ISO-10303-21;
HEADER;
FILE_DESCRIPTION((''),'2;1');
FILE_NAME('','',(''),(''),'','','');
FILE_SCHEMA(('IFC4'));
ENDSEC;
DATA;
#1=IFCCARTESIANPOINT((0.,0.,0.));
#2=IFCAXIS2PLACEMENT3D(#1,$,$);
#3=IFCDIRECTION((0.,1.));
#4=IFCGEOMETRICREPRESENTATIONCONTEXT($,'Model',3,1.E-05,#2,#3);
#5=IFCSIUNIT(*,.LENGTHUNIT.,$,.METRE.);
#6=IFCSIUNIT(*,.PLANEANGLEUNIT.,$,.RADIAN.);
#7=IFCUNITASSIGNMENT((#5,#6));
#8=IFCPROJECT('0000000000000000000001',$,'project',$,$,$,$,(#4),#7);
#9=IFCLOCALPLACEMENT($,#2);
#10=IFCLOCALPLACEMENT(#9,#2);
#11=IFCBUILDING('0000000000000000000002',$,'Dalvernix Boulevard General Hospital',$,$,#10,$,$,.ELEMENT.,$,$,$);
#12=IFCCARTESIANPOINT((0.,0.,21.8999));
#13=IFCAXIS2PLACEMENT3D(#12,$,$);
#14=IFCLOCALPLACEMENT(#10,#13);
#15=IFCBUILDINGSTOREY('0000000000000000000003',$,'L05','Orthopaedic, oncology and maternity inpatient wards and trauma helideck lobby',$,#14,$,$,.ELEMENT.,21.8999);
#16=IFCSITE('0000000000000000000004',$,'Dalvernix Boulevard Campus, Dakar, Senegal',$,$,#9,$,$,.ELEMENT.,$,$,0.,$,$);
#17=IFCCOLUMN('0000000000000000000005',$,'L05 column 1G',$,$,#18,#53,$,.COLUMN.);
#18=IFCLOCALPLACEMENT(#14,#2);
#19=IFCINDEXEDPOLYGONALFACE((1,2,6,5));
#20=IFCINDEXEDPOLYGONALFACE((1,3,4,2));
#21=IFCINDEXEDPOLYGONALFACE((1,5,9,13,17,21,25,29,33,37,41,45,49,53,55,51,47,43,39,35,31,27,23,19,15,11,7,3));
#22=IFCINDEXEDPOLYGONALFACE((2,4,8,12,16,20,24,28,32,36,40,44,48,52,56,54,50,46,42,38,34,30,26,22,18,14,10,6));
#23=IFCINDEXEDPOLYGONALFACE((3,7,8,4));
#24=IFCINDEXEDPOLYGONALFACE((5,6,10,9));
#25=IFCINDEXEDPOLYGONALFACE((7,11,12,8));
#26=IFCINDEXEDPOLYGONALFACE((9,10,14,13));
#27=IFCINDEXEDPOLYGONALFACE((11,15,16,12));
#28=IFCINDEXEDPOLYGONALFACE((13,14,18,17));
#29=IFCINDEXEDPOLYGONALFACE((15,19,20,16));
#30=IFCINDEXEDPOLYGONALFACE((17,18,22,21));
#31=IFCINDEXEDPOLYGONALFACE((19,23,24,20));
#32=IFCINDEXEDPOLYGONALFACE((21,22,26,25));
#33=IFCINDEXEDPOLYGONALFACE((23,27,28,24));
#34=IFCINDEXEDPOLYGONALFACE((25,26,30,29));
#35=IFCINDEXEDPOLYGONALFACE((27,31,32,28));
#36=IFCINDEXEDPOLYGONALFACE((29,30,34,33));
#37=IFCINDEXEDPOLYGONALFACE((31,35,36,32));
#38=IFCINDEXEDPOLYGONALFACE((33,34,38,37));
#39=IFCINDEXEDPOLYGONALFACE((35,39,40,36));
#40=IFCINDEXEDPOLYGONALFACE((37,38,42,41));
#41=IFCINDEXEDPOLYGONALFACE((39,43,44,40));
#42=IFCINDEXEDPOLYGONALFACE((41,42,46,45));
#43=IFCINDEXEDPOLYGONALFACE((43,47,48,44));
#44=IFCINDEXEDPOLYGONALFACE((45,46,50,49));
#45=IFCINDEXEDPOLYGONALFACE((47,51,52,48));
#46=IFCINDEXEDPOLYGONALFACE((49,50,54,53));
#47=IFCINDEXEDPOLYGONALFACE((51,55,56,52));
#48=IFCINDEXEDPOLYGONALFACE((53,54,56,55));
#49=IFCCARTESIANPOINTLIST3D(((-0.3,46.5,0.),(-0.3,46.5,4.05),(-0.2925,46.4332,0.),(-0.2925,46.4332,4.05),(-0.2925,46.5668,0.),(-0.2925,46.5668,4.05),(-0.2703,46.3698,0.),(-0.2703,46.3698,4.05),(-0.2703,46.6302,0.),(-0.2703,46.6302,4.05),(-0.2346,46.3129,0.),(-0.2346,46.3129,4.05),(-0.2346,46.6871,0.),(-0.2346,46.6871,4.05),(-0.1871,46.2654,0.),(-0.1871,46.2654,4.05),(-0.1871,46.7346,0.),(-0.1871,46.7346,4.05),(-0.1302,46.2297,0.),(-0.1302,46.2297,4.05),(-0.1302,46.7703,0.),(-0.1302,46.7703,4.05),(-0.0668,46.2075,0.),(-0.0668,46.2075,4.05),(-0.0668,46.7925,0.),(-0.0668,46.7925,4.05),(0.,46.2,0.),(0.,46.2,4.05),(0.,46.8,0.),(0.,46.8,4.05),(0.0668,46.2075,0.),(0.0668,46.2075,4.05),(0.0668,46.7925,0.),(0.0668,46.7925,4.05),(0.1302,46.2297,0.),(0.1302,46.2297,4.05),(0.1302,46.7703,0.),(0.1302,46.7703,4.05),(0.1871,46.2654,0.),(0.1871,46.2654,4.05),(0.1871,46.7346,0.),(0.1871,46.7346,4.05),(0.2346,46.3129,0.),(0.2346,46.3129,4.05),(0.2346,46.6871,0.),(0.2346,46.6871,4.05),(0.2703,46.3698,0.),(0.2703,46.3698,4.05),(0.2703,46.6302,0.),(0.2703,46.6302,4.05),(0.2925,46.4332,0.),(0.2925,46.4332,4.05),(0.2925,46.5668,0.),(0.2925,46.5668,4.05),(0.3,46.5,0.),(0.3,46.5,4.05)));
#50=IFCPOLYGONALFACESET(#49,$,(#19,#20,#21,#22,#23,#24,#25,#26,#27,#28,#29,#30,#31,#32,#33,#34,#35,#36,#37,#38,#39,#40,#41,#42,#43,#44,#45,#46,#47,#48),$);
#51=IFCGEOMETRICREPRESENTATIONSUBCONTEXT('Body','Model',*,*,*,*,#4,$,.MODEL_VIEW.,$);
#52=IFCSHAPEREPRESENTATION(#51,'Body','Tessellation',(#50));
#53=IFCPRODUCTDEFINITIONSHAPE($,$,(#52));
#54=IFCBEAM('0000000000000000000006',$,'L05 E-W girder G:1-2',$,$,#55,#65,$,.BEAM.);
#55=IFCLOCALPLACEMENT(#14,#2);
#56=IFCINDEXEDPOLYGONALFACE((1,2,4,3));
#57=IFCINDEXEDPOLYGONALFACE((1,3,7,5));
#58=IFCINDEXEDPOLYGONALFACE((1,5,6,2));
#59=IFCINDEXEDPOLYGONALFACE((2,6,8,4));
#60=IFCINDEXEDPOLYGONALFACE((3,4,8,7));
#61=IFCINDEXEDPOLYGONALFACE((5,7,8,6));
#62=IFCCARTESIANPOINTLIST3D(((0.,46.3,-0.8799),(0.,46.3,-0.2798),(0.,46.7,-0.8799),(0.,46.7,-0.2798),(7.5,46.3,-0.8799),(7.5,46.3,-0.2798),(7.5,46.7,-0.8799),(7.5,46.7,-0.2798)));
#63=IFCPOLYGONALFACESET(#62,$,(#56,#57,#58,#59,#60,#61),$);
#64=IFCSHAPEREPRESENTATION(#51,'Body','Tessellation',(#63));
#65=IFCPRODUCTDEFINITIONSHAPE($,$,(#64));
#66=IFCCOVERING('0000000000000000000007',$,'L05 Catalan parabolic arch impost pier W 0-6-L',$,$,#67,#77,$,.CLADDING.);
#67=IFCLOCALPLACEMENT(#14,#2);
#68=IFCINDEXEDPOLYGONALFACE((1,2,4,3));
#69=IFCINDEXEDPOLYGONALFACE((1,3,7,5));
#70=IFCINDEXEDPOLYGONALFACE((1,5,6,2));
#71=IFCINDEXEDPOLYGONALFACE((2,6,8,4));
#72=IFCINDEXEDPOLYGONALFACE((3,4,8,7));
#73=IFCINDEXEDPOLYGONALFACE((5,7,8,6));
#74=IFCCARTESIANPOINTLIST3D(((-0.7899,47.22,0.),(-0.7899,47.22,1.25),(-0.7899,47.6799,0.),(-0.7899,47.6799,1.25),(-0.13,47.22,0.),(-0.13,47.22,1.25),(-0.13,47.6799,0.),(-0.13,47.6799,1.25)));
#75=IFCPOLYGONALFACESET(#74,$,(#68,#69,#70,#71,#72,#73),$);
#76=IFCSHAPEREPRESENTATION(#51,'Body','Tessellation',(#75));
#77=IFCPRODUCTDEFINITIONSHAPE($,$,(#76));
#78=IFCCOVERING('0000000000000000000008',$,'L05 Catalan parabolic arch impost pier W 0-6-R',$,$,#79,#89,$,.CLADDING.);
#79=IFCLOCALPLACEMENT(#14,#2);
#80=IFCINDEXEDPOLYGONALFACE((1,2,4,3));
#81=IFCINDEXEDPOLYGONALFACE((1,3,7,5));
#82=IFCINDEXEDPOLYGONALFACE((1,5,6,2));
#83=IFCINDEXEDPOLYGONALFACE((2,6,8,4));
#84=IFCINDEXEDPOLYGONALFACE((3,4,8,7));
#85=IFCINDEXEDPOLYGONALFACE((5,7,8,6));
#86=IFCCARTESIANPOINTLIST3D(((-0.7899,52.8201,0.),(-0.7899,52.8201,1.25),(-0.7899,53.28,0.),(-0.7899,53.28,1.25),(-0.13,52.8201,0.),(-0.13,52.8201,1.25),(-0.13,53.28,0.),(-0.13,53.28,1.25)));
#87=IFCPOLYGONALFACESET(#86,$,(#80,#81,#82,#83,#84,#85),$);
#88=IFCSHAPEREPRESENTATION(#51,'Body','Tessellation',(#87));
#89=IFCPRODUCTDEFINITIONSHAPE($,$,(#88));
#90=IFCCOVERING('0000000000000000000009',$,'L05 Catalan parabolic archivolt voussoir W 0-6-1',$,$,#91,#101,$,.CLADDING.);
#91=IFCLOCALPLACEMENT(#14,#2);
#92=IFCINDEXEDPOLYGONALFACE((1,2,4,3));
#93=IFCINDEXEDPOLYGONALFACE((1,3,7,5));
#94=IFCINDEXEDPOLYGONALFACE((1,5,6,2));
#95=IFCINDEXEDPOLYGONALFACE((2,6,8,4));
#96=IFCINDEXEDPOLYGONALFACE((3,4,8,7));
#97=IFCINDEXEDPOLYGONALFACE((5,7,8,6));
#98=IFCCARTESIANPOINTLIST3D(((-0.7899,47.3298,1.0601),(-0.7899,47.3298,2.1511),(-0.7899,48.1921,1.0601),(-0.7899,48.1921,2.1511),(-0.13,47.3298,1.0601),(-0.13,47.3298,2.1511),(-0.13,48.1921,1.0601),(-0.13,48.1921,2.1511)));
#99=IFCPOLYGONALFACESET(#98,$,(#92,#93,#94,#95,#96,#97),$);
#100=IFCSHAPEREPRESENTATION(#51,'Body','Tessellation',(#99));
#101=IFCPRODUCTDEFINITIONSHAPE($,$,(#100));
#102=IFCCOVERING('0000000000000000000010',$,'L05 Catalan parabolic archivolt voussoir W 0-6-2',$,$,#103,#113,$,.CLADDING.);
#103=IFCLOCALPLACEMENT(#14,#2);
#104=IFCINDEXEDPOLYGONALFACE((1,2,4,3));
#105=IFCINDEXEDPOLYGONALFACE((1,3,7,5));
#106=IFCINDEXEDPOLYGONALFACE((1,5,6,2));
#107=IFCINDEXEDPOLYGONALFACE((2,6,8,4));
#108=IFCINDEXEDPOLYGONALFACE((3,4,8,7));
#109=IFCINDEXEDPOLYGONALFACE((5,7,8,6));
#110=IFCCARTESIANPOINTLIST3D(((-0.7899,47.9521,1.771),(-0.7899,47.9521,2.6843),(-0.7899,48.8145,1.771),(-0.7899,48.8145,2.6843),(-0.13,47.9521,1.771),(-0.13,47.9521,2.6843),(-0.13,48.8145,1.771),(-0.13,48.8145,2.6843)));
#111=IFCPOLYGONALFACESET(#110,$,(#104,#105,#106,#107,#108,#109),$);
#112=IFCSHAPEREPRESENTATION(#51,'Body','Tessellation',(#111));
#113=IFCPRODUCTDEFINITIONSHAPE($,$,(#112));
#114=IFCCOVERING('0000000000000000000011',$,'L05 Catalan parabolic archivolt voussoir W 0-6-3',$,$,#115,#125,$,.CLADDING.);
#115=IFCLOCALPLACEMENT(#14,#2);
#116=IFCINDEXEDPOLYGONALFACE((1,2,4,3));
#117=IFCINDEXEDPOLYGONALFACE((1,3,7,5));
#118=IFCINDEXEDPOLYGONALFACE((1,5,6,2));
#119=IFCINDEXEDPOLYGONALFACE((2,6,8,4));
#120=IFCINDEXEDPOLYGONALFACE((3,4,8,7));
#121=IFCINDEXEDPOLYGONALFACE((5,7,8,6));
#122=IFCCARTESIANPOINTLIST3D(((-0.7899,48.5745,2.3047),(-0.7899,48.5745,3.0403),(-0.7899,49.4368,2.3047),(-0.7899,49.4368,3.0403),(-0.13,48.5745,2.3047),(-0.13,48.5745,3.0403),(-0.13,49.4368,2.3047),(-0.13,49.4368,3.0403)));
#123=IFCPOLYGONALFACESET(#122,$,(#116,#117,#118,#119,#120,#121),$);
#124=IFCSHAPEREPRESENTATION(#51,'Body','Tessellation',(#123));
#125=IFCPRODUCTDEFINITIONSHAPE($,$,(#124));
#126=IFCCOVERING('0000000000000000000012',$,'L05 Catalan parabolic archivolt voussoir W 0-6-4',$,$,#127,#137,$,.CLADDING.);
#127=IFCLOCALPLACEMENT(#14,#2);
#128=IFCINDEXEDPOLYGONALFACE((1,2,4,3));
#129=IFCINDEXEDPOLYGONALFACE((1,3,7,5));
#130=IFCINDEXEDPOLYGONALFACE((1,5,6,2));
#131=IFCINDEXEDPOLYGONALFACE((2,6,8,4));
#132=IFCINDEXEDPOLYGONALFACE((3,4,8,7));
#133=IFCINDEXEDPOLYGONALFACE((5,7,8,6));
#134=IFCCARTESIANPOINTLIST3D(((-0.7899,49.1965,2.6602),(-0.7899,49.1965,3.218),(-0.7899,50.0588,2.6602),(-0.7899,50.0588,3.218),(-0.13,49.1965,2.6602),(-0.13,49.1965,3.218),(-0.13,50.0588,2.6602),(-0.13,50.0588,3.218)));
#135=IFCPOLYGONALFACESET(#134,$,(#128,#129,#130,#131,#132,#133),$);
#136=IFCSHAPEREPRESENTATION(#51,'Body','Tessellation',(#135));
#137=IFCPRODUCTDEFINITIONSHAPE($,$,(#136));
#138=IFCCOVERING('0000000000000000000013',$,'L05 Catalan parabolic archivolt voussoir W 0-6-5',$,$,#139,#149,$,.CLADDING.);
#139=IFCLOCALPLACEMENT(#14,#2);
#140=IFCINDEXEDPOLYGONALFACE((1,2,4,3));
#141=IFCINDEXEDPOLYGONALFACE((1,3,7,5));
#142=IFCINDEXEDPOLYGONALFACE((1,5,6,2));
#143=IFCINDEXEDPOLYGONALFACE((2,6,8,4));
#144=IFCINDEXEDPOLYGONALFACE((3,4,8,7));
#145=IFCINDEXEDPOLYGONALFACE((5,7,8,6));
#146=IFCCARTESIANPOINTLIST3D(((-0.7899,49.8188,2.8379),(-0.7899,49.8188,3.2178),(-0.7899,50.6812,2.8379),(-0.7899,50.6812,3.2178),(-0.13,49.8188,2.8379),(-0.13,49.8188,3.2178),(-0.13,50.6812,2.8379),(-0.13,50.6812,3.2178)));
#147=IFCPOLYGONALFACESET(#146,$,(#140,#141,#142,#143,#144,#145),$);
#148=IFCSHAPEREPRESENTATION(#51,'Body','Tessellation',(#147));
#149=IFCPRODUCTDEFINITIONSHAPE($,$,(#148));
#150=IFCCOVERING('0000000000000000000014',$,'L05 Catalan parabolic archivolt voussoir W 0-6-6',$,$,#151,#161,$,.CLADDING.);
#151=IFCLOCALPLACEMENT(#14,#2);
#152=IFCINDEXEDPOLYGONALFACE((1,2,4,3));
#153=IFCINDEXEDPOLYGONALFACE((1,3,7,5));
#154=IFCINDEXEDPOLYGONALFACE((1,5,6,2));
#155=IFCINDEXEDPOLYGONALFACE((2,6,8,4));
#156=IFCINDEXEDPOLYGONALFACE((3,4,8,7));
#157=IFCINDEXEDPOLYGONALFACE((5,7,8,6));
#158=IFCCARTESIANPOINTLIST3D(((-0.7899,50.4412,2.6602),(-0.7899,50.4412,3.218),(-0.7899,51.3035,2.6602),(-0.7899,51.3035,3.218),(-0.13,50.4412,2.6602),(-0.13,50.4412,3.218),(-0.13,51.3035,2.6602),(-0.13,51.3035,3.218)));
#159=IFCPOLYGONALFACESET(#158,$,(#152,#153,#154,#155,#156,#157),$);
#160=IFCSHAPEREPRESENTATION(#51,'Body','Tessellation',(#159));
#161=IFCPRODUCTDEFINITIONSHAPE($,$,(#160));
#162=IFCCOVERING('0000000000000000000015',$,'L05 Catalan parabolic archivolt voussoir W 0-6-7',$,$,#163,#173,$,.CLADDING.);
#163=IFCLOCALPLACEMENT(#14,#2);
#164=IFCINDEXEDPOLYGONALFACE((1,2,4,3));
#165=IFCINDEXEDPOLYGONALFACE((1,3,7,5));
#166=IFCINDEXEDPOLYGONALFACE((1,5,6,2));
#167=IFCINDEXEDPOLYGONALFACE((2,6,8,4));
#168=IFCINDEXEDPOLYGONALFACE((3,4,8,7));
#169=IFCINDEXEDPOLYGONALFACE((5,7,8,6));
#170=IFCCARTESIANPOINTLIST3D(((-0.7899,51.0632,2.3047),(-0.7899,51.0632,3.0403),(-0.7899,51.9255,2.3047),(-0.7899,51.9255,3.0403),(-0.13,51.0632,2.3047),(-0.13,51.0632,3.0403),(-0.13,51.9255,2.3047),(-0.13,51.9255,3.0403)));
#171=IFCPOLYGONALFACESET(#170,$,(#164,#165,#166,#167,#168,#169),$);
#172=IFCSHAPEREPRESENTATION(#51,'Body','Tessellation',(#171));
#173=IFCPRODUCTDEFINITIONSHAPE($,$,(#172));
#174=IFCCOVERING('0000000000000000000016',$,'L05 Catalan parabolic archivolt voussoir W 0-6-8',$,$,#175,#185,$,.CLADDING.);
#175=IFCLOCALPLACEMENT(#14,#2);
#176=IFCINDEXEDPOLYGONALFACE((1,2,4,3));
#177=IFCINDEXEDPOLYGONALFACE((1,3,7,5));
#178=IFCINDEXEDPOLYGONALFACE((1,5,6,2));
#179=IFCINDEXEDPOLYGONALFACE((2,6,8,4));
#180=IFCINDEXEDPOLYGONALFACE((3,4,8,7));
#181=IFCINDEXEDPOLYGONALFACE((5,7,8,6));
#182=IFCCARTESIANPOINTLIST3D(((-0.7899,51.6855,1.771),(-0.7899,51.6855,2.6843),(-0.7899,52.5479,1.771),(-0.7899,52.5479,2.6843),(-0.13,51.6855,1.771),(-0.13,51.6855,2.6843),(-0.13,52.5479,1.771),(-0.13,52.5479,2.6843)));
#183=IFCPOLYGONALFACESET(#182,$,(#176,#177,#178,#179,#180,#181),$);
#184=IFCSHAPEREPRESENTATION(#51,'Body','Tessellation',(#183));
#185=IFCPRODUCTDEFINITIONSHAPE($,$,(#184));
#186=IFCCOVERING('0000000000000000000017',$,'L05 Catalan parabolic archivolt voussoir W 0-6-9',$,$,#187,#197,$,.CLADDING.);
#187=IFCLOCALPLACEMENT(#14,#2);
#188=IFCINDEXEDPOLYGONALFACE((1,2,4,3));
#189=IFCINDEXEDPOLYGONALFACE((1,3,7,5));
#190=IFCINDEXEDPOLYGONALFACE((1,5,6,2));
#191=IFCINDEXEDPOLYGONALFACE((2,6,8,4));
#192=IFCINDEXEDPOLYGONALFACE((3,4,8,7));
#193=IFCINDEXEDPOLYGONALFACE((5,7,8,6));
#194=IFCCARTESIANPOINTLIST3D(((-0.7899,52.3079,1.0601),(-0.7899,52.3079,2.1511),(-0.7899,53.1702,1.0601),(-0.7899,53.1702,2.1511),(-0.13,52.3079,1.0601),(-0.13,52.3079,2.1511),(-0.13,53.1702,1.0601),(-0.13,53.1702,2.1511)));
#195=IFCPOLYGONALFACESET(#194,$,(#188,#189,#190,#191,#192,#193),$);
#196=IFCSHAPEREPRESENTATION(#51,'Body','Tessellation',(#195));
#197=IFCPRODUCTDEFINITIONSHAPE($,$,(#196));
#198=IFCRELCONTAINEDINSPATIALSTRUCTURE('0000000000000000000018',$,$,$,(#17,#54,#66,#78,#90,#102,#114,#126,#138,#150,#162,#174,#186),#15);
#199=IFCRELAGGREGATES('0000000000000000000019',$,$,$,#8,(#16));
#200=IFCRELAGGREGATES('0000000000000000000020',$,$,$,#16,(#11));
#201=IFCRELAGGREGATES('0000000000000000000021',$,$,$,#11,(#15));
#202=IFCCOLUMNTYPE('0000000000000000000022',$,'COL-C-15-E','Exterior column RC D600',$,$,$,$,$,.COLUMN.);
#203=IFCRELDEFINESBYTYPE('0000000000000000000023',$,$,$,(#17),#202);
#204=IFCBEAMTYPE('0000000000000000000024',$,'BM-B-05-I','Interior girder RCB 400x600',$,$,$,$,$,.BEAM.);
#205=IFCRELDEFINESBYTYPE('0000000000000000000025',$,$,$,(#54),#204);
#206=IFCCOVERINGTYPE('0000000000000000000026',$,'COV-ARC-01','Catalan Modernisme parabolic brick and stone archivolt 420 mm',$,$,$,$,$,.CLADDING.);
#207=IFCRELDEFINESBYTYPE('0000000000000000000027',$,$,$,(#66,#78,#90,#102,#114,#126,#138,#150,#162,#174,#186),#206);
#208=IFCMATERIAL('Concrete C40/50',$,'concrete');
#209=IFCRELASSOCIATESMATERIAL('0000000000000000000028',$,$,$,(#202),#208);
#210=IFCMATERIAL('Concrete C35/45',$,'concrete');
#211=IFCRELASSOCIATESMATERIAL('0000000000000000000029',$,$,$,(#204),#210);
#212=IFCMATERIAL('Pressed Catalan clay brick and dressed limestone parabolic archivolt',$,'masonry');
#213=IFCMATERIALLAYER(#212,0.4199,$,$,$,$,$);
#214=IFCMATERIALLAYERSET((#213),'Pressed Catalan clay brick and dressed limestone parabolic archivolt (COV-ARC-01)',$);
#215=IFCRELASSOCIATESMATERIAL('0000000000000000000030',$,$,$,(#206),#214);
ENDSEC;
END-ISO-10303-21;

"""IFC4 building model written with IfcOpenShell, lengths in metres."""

from ifc_helpers import new_model, si_unit, direction, frame, origin, origin_2d, place, context, subcontext, project, spatial, rectangle, circle, extrude, material, layer, layer_set, material_profile, profile_set, type_object, element, save


model = new_model("IFC4")

# Units and contexts
model_context = context("Model", 3, precision=1e-05, world=origin(), true_north=direction((0.0, 1.0)))
body_context = subcontext(model_context, "Body", "Model", "MODEL_VIEW")
ifc_project = project(units=[si_unit("LENGTHUNIT", "METRE"), si_unit("PLANEANGLEUNIT", "RADIAN")], contexts=[model_context])

# Site, building, storey
site_placement = place(None, origin())
site = spatial("IfcSite", under=ifc_project, at=site_placement, Name="Dalvernix Boulevard Campus, Dakar, Senegal", CompositionType="ELEMENT", RefElevation=0.0)
building_placement = place(site_placement, origin())
building = spatial("IfcBuilding", under=site, at=building_placement, Name="Dalvernix Boulevard General Hospital", CompositionType="ELEMENT")
storey_placement = place(building_placement, frame((0.0, 0.0, 21.8999)))
storey = spatial("IfcBuildingStorey", under=building, at=storey_placement, Name="L05", Description="Orthopaedic, oncology and maternity inpatient wards and trauma helideck lobby", CompositionType="ELEMENT", Elevation=21.8999)

# Column
ifc_material_1 = material(Name="Concrete C40/50", Category="concrete")
ifc_material_profile_1 = material_profile(ifc_material_1, circle(Radius=0.3, at=origin_2d()), Name="RC D600")
ifc_profile_set_1 = profile_set([ifc_material_profile_1], Name="Concrete C40/50")
column_type = type_object("IfcColumnType", Name="COL-C-15-E", Description="Exterior column RC D600", PredefinedType="COLUMN", material=ifc_profile_set_1)
column_placement = place(storey_placement, frame((0.0, 46.5, 0.0), z_axis=(0.0, 0.0, 1.0), x_axis=(1.0, 0.0, 0.0)))
element("IfcColumn", 1, at=column_placement, inside=storey, type_object=column_type, Name="L05 column 1G", PredefinedType="COLUMN", context=body_context, shape_type="SweptSolid", body=[
    extrude(circle(Radius=0.3, at=origin_2d()), origin(), (0.0, 0.0, 1.0), 4.05),
])

# Beam
ifc_material_2 = material(Name="Concrete C35/45", Category="concrete")
ifc_material_profile_2 = material_profile(ifc_material_2, rectangle(XDim=0.3999, YDim=0.6001, at=origin_2d()), Name="RCB 400x600")
ifc_profile_set_2 = profile_set([ifc_material_profile_2], Name="Concrete C35/45")
beam_type = type_object("IfcBeamType", Name="BM-B-05-I", Description="Interior girder RCB 400x600", PredefinedType="BEAM", material=ifc_profile_set_2)
beam_placement = place(storey_placement, frame((0.0, 46.5, -0.5798), z_axis=(1.0, 0.0, 0.0), x_axis=(0.0, 1.0, 0.0)))
element("IfcBeam", 2, at=beam_placement, inside=storey, type_object=beam_type, Name="L05 E-W girder G:1-2", PredefinedType="BEAM", context=body_context, shape_type="SweptSolid", body=[
    extrude(rectangle(XDim=0.3999, YDim=0.6001, at=origin_2d()), origin(), (0.0, 0.0, 1.0), 7.5),
])

# Coverings
ifc_material_3 = material(Name="Pressed Catalan clay brick and dressed limestone parabolic archivolt", Category="masonry")
ifc_layer_1 = layer(ifc_material_3, 0.4199)
ifc_layer_set_1 = layer_set([ifc_layer_1], Name="Pressed Catalan clay brick and dressed limestone parabolic archivolt (COV-ARC-01)")
covering_type_1 = type_object("IfcCoveringType", Name="COV-ARC-01", Description="Catalan Modernisme parabolic brick and stone archivolt 420 mm", PredefinedType="CLADDING", material=ifc_layer_set_1)
for number, where, z_axis, x_axis, name in (
    (3, (-0.46, 47.45, 0.0), (0.0, 0.0, 1.0), (0.0, 1.0, 0.0), "L05 Catalan parabolic arch impost pier W 0-6-L"),
    (4, (-0.46, 53.05, 0.0), (0.0, 0.0, 1.0), (0.0, 1.0, 0.0), "L05 Catalan parabolic arch impost pier W 0-6-R"),
):
    element("IfcCovering", number, at=place(storey_placement, frame(where, z_axis=z_axis, x_axis=x_axis)), inside=storey, type_object=covering_type_1, Name=name, PredefinedType="CLADDING", context=body_context, shape_type="SweptSolid", body=[
        extrude(rectangle(XDim=0.46, YDim=0.6599, at=origin_2d()), origin(), (0.0, 0.0, 1.0), 1.25),
    ])
covering_1_placement = place(storey_placement, frame((-0.46, 47.761, 1.0601), z_axis=(0.0, 0.0, 1.0), x_axis=(0.0, 1.0, 0.0)))
element("IfcCovering", 5, at=covering_1_placement, inside=storey, type_object=covering_type_1, Name="L05 Catalan parabolic archivolt voussoir W 0-6-1", PredefinedType="CLADDING", context=body_context, shape_type="SweptSolid", body=[
    extrude(rectangle(XDim=0.8623, YDim=0.6599, at=origin_2d()), origin(), (0.0, 0.0, 1.0), 1.0911),
])
covering_2_placement = place(storey_placement, frame((-0.46, 48.3833, 1.771), z_axis=(0.0, 0.0, 1.0), x_axis=(0.0, 1.0, 0.0)))
element("IfcCovering", 6, at=covering_2_placement, inside=storey, type_object=covering_type_1, Name="L05 Catalan parabolic archivolt voussoir W 0-6-2", PredefinedType="CLADDING", context=body_context, shape_type="SweptSolid", body=[
    extrude(rectangle(XDim=0.8623, YDim=0.6599, at=origin_2d()), origin(), (0.0, 0.0, 1.0), 0.9133),
])
covering_3_placement = place(storey_placement, frame((-0.46, 49.0056, 2.3047), z_axis=(0.0, 0.0, 1.0), x_axis=(0.0, 1.0, 0.0)))
element("IfcCovering", 7, at=covering_3_placement, inside=storey, type_object=covering_type_1, Name="L05 Catalan parabolic archivolt voussoir W 0-6-3", PredefinedType="CLADDING", context=body_context, shape_type="SweptSolid", body=[
    extrude(rectangle(XDim=0.8623, YDim=0.6599, at=origin_2d()), origin(), (0.0, 0.0, 1.0), 0.7356),
])
covering_4_placement = place(storey_placement, frame((-0.46, 49.6277, 2.6602), z_axis=(0.0, 0.0, 1.0), x_axis=(0.0, 1.0, 0.0)))
element("IfcCovering", 8, at=covering_4_placement, inside=storey, type_object=covering_type_1, Name="L05 Catalan parabolic archivolt voussoir W 0-6-4", PredefinedType="CLADDING", context=body_context, shape_type="SweptSolid", body=[
    extrude(rectangle(XDim=0.8623, YDim=0.6599, at=origin_2d()), origin(), (0.0, 0.0, 1.0), 0.5579),
])
covering_5_placement = place(storey_placement, frame((-0.46, 50.25, 2.8379), z_axis=(0.0, 0.0, 1.0), x_axis=(0.0, 1.0, 0.0)))
element("IfcCovering", 9, at=covering_5_placement, inside=storey, type_object=covering_type_1, Name="L05 Catalan parabolic archivolt voussoir W 0-6-5", PredefinedType="CLADDING", context=body_context, shape_type="SweptSolid", body=[
    extrude(rectangle(XDim=0.8623, YDim=0.6599, at=origin_2d()), origin(), (0.0, 0.0, 1.0), 0.3799),
])
covering_6_placement = place(storey_placement, frame((-0.46, 50.8723, 2.6602), z_axis=(0.0, 0.0, 1.0), x_axis=(0.0, 1.0, 0.0)))
element("IfcCovering", 10, at=covering_6_placement, inside=storey, type_object=covering_type_1, Name="L05 Catalan parabolic archivolt voussoir W 0-6-6", PredefinedType="CLADDING", context=body_context, shape_type="SweptSolid", body=[
    extrude(rectangle(XDim=0.8623, YDim=0.6599, at=origin_2d()), origin(), (0.0, 0.0, 1.0), 0.5579),
])
covering_7_placement = place(storey_placement, frame((-0.46, 51.4944, 2.3047), z_axis=(0.0, 0.0, 1.0), x_axis=(0.0, 1.0, 0.0)))
element("IfcCovering", 11, at=covering_7_placement, inside=storey, type_object=covering_type_1, Name="L05 Catalan parabolic archivolt voussoir W 0-6-7", PredefinedType="CLADDING", context=body_context, shape_type="SweptSolid", body=[
    extrude(rectangle(XDim=0.8623, YDim=0.6599, at=origin_2d()), origin(), (0.0, 0.0, 1.0), 0.7356),
])
covering_8_placement = place(storey_placement, frame((-0.46, 52.1167, 1.771), z_axis=(0.0, 0.0, 1.0), x_axis=(0.0, 1.0, 0.0)))
element("IfcCovering", 12, at=covering_8_placement, inside=storey, type_object=covering_type_1, Name="L05 Catalan parabolic archivolt voussoir W 0-6-8", PredefinedType="CLADDING", context=body_context, shape_type="SweptSolid", body=[
    extrude(rectangle(XDim=0.8623, YDim=0.6599, at=origin_2d()), origin(), (0.0, 0.0, 1.0), 0.9133),
])
covering_9_placement = place(storey_placement, frame((-0.46, 52.739, 1.0601), z_axis=(0.0, 0.0, 1.0), x_axis=(0.0, 1.0, 0.0)))
element("IfcCovering", 13, at=covering_9_placement, inside=storey, type_object=covering_type_1, Name="L05 Catalan parabolic archivolt voussoir W 0-6-9", PredefinedType="CLADDING", context=body_context, shape_type="SweptSolid", body=[
    extrude(rectangle(XDim=0.8623, YDim=0.6599, at=origin_2d()), origin(), (0.0, 0.0, 1.0), 1.0911),
])

save(model, "model.ifc")
